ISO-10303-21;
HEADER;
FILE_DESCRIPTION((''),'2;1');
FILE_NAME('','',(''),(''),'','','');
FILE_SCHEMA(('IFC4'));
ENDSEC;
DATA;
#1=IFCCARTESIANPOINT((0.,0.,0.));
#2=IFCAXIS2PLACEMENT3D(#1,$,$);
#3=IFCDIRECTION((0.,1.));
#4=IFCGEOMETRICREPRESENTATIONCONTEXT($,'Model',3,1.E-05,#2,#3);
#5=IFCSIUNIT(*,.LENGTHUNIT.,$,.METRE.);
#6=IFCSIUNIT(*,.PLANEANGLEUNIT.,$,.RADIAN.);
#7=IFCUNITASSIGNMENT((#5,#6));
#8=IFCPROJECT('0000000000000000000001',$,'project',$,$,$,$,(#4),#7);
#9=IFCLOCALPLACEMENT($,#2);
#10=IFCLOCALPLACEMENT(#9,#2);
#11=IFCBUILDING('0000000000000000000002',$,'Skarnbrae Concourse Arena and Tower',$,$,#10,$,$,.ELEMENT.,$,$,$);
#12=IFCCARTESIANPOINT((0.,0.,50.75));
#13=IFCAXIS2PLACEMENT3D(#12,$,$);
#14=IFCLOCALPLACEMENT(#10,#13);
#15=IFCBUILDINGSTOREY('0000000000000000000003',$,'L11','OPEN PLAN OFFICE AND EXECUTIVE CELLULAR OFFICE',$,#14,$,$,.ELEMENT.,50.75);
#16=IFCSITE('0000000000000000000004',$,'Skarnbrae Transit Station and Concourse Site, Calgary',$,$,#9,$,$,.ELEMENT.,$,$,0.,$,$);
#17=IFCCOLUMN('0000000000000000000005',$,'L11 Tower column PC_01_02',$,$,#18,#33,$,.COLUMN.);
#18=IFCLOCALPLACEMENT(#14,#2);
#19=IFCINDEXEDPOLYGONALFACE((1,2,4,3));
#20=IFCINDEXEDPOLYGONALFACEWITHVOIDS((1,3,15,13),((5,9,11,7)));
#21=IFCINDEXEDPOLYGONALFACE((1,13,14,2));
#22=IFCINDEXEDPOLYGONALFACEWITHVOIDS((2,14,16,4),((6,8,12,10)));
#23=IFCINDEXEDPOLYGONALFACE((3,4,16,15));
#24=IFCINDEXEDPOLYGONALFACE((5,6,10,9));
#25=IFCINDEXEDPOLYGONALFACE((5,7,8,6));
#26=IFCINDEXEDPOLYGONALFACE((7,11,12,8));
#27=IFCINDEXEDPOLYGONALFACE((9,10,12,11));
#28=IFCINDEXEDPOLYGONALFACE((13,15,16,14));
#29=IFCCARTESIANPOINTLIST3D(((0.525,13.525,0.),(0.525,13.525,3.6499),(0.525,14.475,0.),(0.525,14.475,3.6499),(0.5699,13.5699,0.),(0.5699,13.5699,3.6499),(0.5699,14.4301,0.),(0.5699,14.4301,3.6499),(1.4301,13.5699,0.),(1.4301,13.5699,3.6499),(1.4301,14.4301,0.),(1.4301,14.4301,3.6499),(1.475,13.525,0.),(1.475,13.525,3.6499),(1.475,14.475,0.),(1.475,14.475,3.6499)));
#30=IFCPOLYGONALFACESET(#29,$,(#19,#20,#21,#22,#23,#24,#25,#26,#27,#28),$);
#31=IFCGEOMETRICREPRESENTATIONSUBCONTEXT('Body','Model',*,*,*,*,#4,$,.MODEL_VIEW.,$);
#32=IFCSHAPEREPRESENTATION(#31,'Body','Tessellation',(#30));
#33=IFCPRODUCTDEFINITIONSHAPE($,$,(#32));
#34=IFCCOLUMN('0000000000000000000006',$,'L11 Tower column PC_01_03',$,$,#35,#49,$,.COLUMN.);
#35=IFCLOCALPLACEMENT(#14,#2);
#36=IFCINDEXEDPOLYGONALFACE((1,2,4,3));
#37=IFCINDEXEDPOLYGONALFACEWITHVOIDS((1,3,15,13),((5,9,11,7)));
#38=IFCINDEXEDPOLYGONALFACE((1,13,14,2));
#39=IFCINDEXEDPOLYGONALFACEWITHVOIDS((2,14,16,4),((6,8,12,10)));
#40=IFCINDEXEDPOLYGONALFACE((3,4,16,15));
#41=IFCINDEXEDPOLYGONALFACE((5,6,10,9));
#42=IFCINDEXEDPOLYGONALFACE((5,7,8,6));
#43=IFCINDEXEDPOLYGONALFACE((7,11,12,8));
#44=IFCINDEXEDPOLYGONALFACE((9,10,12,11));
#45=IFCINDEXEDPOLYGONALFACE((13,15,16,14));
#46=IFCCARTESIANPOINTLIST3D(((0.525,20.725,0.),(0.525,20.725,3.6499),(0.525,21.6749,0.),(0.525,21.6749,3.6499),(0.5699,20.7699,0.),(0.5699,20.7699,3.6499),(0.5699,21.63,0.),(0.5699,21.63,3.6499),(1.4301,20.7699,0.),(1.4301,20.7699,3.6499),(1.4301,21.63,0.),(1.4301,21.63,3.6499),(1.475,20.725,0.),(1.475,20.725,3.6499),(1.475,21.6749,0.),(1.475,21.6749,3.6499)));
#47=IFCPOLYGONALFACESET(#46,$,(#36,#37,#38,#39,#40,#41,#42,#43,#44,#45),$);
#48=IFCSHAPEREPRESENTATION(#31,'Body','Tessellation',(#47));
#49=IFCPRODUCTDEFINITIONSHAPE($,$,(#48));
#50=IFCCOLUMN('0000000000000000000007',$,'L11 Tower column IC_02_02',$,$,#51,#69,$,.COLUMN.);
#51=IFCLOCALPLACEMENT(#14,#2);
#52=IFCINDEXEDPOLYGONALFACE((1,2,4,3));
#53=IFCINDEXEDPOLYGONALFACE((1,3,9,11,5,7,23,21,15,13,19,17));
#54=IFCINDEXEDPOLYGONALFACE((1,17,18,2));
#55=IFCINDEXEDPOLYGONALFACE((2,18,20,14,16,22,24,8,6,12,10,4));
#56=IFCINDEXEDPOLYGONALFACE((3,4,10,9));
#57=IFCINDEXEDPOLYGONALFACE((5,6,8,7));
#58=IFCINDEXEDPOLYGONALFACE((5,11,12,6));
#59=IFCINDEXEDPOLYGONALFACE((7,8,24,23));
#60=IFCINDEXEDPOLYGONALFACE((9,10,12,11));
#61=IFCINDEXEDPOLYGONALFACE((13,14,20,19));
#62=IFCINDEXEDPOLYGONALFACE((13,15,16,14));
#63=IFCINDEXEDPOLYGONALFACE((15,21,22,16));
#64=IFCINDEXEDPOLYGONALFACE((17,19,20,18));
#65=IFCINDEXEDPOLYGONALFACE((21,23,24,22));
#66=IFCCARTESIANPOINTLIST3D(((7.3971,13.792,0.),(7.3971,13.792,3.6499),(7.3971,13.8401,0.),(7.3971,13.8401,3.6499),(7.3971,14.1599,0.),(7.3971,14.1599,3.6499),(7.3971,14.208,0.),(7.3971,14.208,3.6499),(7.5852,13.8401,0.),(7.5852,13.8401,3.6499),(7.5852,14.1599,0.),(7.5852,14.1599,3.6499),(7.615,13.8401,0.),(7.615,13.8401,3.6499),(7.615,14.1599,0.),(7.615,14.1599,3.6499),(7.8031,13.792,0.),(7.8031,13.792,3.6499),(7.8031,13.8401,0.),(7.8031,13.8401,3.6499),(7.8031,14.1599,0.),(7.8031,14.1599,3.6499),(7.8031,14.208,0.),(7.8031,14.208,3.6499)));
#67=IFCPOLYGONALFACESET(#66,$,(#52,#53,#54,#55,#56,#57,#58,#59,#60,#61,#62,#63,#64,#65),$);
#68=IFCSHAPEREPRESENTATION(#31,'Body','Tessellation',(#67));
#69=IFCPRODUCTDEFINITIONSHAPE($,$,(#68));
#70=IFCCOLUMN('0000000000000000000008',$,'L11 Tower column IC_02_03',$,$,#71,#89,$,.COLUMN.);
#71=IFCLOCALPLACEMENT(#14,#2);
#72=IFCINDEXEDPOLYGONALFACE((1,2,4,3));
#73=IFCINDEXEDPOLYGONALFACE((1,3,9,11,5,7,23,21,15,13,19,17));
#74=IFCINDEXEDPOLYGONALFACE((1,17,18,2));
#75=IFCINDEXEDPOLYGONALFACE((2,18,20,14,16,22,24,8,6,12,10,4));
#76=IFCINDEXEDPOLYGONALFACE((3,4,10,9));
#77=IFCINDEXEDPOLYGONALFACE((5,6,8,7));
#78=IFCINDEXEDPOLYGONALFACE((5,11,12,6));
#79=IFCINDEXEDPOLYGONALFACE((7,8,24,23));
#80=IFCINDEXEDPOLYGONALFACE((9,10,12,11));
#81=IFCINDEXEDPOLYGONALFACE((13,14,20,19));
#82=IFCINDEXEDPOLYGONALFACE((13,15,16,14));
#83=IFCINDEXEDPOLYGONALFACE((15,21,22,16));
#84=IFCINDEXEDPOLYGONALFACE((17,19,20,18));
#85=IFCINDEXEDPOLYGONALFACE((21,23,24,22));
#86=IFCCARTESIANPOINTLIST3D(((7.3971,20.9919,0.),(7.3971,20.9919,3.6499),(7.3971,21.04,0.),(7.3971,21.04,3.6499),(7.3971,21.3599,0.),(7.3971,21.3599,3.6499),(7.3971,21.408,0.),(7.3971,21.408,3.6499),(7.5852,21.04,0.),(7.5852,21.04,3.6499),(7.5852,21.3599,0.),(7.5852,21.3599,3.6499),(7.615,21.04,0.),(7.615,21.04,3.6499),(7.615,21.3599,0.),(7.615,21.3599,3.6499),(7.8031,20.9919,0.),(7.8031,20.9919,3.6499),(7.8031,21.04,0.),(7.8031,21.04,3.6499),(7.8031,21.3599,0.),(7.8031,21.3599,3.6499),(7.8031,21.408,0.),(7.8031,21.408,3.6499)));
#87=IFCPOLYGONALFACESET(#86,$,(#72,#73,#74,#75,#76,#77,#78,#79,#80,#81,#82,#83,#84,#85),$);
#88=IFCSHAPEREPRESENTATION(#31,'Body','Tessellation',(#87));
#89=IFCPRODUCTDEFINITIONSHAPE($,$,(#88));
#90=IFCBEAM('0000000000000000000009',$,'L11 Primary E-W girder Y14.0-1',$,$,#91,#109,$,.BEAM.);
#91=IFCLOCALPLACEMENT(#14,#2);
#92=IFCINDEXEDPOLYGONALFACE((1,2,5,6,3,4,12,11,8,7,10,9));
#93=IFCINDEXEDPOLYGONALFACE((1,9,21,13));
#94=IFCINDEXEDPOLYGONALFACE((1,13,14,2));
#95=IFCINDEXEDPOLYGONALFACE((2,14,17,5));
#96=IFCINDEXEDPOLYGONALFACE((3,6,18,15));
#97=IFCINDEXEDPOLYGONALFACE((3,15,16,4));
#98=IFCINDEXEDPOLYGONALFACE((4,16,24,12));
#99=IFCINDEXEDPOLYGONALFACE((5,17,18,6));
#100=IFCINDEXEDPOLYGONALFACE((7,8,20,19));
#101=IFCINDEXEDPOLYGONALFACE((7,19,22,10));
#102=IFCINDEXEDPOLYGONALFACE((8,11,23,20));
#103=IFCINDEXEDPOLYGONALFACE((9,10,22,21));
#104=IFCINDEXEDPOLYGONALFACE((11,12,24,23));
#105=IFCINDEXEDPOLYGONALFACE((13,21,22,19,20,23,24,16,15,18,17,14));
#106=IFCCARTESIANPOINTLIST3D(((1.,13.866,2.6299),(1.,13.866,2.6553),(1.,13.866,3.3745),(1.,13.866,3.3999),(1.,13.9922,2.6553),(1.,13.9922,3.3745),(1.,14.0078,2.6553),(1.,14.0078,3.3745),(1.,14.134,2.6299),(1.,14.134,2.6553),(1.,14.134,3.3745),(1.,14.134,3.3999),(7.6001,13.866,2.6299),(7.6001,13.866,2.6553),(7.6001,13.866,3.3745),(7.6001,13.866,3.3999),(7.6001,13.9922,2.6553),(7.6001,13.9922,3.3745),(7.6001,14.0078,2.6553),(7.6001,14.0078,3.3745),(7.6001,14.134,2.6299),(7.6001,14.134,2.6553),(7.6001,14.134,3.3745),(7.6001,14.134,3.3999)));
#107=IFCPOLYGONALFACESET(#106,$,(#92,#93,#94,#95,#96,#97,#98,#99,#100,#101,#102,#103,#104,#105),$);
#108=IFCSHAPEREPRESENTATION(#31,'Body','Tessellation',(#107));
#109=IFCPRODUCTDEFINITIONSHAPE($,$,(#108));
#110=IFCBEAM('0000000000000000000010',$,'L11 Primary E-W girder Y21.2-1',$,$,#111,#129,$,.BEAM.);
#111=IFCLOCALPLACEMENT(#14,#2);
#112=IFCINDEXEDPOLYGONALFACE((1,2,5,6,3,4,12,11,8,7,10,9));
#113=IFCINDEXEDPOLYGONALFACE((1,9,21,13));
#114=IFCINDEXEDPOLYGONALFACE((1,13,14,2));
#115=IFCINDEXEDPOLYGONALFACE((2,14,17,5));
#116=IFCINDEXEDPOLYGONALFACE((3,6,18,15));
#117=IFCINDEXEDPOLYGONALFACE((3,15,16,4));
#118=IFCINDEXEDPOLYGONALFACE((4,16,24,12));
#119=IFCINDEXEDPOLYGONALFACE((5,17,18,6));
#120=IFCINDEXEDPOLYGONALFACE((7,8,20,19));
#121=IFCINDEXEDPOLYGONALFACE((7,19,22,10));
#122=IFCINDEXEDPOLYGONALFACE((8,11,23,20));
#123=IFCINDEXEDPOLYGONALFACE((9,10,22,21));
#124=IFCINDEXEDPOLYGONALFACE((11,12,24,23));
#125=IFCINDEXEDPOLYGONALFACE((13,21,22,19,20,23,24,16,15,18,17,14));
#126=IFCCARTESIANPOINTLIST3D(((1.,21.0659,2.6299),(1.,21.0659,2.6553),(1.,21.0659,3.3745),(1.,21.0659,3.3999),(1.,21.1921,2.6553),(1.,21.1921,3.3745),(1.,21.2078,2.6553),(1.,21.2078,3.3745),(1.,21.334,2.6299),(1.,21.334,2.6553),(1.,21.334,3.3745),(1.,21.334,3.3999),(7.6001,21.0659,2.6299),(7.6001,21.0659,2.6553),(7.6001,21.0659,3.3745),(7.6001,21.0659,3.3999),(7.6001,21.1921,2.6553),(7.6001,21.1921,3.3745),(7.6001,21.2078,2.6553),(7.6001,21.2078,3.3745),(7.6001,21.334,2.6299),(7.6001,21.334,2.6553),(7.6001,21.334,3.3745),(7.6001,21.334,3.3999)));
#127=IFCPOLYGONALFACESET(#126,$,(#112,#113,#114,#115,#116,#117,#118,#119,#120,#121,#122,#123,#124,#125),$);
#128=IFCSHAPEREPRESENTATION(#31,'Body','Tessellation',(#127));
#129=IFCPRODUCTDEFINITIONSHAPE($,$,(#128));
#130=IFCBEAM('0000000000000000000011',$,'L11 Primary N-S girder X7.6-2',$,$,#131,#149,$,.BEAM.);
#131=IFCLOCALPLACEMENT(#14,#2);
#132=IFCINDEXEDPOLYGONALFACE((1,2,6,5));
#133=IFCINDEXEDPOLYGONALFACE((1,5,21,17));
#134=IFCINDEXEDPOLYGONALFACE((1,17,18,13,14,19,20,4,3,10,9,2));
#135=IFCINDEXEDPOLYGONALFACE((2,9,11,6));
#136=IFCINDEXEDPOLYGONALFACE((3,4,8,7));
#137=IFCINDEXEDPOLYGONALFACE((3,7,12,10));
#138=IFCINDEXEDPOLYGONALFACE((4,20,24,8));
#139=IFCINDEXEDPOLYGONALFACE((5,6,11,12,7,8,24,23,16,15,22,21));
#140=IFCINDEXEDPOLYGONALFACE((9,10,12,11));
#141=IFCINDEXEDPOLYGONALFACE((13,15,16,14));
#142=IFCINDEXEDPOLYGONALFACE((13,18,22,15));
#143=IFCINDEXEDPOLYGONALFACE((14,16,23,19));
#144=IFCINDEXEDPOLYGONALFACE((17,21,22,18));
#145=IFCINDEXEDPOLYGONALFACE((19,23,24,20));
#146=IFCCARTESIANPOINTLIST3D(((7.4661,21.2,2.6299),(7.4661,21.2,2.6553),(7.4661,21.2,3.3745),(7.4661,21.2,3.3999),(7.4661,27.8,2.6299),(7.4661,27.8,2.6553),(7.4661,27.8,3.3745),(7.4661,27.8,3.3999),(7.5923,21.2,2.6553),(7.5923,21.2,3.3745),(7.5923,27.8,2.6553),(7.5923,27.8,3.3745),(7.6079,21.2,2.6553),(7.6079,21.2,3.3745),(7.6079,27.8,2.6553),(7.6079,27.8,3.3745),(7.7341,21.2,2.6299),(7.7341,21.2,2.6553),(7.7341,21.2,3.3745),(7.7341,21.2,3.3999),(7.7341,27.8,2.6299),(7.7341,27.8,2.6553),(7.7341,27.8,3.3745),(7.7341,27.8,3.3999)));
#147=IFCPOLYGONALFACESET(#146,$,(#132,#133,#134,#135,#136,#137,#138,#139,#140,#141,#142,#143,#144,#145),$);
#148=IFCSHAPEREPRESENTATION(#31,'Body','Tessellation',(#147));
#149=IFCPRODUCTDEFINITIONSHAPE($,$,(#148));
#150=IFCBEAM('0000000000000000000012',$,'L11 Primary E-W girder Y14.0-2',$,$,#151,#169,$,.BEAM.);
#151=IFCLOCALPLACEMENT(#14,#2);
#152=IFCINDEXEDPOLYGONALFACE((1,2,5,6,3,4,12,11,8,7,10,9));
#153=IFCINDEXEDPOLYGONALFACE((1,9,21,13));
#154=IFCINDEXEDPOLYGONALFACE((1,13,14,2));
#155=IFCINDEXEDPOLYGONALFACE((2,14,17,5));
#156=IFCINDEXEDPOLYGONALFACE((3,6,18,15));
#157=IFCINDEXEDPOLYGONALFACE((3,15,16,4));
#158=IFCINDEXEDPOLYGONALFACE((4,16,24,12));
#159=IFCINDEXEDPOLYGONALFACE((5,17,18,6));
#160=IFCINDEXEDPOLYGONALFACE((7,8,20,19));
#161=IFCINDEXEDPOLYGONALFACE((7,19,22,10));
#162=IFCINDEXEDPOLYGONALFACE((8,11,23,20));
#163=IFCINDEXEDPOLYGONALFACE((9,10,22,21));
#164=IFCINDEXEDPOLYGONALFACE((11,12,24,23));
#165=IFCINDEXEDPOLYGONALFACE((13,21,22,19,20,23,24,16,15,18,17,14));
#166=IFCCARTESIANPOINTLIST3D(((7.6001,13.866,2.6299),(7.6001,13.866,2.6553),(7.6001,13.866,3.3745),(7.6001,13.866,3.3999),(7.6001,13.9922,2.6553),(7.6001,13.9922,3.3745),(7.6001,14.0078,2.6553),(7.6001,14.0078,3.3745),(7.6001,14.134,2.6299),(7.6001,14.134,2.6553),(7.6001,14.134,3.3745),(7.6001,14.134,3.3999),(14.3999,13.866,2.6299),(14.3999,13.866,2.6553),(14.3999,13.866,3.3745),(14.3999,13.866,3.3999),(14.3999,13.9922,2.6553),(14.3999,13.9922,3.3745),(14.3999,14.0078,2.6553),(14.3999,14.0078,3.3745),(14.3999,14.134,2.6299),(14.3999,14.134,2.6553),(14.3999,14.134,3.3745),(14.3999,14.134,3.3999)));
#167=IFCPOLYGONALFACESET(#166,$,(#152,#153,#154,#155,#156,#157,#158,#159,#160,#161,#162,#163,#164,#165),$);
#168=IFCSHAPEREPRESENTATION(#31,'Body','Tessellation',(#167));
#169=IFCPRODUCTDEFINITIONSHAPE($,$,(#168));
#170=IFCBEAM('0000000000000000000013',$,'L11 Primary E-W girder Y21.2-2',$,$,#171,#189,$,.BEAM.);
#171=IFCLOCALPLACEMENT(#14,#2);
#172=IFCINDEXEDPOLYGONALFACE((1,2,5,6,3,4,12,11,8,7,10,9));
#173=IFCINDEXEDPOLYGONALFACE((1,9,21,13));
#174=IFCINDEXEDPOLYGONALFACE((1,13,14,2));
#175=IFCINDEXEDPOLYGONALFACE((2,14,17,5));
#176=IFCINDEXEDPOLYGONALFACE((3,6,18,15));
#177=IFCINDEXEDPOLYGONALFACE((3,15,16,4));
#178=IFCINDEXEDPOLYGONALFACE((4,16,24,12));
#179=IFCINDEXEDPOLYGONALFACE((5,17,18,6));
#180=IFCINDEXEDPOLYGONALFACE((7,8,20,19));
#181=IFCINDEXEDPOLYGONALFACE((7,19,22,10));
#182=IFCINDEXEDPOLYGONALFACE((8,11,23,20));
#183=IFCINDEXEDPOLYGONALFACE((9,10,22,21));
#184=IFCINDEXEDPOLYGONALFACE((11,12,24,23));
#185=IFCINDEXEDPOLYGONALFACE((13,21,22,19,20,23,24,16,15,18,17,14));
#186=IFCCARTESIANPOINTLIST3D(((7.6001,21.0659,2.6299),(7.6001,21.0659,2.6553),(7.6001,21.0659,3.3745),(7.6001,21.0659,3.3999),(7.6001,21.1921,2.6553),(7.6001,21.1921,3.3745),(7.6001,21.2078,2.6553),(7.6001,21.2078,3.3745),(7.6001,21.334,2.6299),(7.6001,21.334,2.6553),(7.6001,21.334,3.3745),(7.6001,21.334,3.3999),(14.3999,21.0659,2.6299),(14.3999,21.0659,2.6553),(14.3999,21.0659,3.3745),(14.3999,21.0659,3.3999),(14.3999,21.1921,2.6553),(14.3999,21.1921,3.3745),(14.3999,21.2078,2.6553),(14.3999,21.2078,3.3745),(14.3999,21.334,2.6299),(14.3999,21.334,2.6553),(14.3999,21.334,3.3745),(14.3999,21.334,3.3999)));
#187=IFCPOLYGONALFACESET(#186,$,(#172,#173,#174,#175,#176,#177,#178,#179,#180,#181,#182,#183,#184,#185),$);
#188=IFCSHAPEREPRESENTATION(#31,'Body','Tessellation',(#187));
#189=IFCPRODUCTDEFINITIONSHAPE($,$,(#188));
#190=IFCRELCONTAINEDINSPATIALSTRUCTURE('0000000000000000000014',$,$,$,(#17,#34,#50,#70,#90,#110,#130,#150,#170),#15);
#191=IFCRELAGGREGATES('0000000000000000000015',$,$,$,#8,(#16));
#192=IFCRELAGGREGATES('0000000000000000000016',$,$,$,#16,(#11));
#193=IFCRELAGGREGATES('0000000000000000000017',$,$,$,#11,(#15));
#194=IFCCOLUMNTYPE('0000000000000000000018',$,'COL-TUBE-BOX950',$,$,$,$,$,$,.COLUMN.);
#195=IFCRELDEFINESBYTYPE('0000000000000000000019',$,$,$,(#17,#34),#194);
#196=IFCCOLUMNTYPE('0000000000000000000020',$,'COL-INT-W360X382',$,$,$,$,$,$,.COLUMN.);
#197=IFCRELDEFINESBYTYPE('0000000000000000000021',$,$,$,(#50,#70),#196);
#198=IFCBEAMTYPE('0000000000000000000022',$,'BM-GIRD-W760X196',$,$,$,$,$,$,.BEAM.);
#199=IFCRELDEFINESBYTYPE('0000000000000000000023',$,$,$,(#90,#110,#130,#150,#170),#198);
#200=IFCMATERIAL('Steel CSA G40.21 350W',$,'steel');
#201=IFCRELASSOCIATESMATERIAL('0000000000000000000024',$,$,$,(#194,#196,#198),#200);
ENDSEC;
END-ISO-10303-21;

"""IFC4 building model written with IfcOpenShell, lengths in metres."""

from ifc_helpers import new_model, si_unit, direction, frame, origin, origin_2d, place, context, subcontext, project, spatial, hollow_rectangle, i_section, extrude, source, transform, mapped, material, material_profile, profile_set, type_object, element, save


model = new_model("IFC4")

# Units and contexts
model_context = context("Model", 3, precision=1e-05, world=origin(), true_north=direction((0.0, 1.0)))
body_context = subcontext(model_context, "Body", "Model", "MODEL_VIEW")
ifc_project = project(units=[si_unit("LENGTHUNIT", "METRE"), si_unit("PLANEANGLEUNIT", "RADIAN")], contexts=[model_context])

# Site, building, storey
site_placement = place(None, origin())
site = spatial("IfcSite", under=ifc_project, at=site_placement, Name="Skarnbrae Transit Station and Concourse Site, Calgary", CompositionType="ELEMENT", RefElevation=0.0)
building_placement = place(site_placement, origin())
building = spatial("IfcBuilding", under=site, at=building_placement, Name="Skarnbrae Concourse Arena and Tower", CompositionType="ELEMENT")
storey_placement = place(building_placement, frame((0.0, 0.0, 50.75)))
storey = spatial("IfcBuildingStorey", under=building, at=storey_placement, Name="L11", Description="OPEN PLAN OFFICE AND EXECUTIVE CELLULAR OFFICE", CompositionType="ELEMENT", Elevation=50.75)

# Columns
ifc_material_1 = material(Name="Steel CSA G40.21 350W", Category="steel")
ifc_material_profile_1 = material_profile(ifc_material_1, hollow_rectangle(XDim=0.95, YDim=0.95, WallThickness=0.0449, at=origin_2d()), Name="BOX950X950X45")
ifc_profile_set_1 = profile_set([ifc_material_profile_1], Name="Steel CSA G40.21 350W")
column_type_1 = type_object("IfcColumnType", Name="COL-TUBE-BOX950", PredefinedType="COLUMN", material=ifc_profile_set_1)
shared_shape_1 = source(origin(), body_context, "Body", "SweptSolid", [
    extrude(hollow_rectangle(XDim=0.95, YDim=0.95, WallThickness=0.0449, at=origin_2d()), origin(), (0.0, 0.0, 1.0), 3.6499),
])
for number, where, z_axis, x_axis, name in (
    (1, (1.0, 14.0, 0.0), (0.0, 0.0, 1.0), (1.0, 0.0, 0.0), "L11 Tower column PC_01_02"),
    (2, (1.0, 21.2, 0.0), (0.0, 0.0, 1.0), (1.0, 0.0, 0.0), "L11 Tower column PC_01_03"),
):
    element("IfcColumn", number, at=place(storey_placement, frame(where, z_axis=z_axis, x_axis=x_axis)), inside=storey, type_object=column_type_1, Name=name, PredefinedType="COLUMN", context=body_context, shape_type="MappedRepresentation", body=[
        mapped(shared_shape_1, transform((0.0, 0.0, 0.0))),
    ])
ifc_material_profile_2 = material_profile(ifc_material_1, i_section(OverallWidth=0.406, OverallDepth=0.416, WebThickness=0.0298, FlangeThickness=0.0481, at=origin_2d()), Name="W360X382")
ifc_profile_set_2 = profile_set([ifc_material_profile_2], Name="Steel CSA G40.21 350W")
column_type_2 = type_object("IfcColumnType", Name="COL-INT-W360X382", PredefinedType="COLUMN", material=ifc_profile_set_2)
shared_shape_2 = source(origin(), body_context, "Body", "SweptSolid", [
    extrude(i_section(OverallWidth=0.406, OverallDepth=0.416, WebThickness=0.0298, FlangeThickness=0.0481, at=origin_2d()), origin(), (0.0, 0.0, 1.0), 3.6499),
])
for number, where, z_axis, x_axis, name in (
    (3, (7.6001, 14.0, 0.0), (0.0, 0.0, 1.0), (1.0, 0.0, 0.0), "L11 Tower column IC_02_02"),
    (4, (7.6001, 21.2, 0.0), (0.0, 0.0, 1.0), (1.0, 0.0, 0.0), "L11 Tower column IC_02_03"),
):
    element("IfcColumn", number, at=place(storey_placement, frame(where, z_axis=z_axis, x_axis=x_axis)), inside=storey, type_object=column_type_2, Name=name, PredefinedType="COLUMN", context=body_context, shape_type="MappedRepresentation", body=[
        mapped(shared_shape_2, transform((0.0, 0.0, 0.0))),
    ])

# Beams
ifc_material_profile_3 = material_profile(ifc_material_1, i_section(OverallWidth=0.2681, OverallDepth=0.77, WebThickness=0.0156, FlangeThickness=0.0254, at=origin_2d()), Name="W760X196")
ifc_profile_set_3 = profile_set([ifc_material_profile_3], Name="Steel CSA G40.21 350W")
beam_type_1 = type_object("IfcBeamType", Name="BM-GIRD-W760X196", PredefinedType="BEAM", material=ifc_profile_set_3)
shared_shape_3 = source(origin(), body_context, "Body", "SweptSolid", [
    extrude(i_section(OverallWidth=0.2681, OverallDepth=0.77, WebThickness=0.0156, FlangeThickness=0.0254, at=origin_2d()), origin(), (0.0, 0.0, 1.0), 6.6001),
])
for number, where, z_axis, x_axis, name in (
    (5, (1.0, 14.0, 3.0149), (1.0, 0.0, 0.0), (0.0, 1.0, 0.0), "L11 Primary E-W girder Y14.0-1"),
    (6, (1.0, 21.2, 3.0149), (1.0, 0.0, 0.0), (0.0, 1.0, 0.0), "L11 Primary E-W girder Y21.2-1"),
    (7, (7.6001, 21.2, 3.0149), (0.0, 1.0, 0.0), (-1.0, 0.0, 0.0), "L11 Primary N-S girder X7.6-2"),
):
    element("IfcBeam", number, at=place(storey_placement, frame(where, z_axis=z_axis, x_axis=x_axis)), inside=storey, type_object=beam_type_1, Name=name, PredefinedType="BEAM", context=body_context, shape_type="MappedRepresentation", body=[
        mapped(shared_shape_3, transform((0.0, 0.0, 0.0))),
    ])
shared_shape_4 = source(origin(), body_context, "Body", "SweptSolid", [
    extrude(i_section(OverallWidth=0.2681, OverallDepth=0.77, WebThickness=0.0156, FlangeThickness=0.0254, at=origin_2d()), origin(), (0.0, 0.0, 1.0), 6.7998),
])
for number, where, z_axis, x_axis, name in (
    (8, (7.6001, 14.0, 3.0149), (1.0, 0.0, 0.0), (0.0, 1.0, 0.0), "L11 Primary E-W girder Y14.0-2"),
    (9, (7.6001, 21.2, 3.0149), (1.0, 0.0, 0.0), (0.0, 1.0, 0.0), "L11 Primary E-W girder Y21.2-2"),
):
    element("IfcBeam", number, at=place(storey_placement, frame(where, z_axis=z_axis, x_axis=x_axis)), inside=storey, type_object=beam_type_1, Name=name, PredefinedType="BEAM", context=body_context, shape_type="MappedRepresentation", body=[
        mapped(shared_shape_4, transform((0.0, 0.0, 0.0))),
    ])

save(model, "model.ifc")
